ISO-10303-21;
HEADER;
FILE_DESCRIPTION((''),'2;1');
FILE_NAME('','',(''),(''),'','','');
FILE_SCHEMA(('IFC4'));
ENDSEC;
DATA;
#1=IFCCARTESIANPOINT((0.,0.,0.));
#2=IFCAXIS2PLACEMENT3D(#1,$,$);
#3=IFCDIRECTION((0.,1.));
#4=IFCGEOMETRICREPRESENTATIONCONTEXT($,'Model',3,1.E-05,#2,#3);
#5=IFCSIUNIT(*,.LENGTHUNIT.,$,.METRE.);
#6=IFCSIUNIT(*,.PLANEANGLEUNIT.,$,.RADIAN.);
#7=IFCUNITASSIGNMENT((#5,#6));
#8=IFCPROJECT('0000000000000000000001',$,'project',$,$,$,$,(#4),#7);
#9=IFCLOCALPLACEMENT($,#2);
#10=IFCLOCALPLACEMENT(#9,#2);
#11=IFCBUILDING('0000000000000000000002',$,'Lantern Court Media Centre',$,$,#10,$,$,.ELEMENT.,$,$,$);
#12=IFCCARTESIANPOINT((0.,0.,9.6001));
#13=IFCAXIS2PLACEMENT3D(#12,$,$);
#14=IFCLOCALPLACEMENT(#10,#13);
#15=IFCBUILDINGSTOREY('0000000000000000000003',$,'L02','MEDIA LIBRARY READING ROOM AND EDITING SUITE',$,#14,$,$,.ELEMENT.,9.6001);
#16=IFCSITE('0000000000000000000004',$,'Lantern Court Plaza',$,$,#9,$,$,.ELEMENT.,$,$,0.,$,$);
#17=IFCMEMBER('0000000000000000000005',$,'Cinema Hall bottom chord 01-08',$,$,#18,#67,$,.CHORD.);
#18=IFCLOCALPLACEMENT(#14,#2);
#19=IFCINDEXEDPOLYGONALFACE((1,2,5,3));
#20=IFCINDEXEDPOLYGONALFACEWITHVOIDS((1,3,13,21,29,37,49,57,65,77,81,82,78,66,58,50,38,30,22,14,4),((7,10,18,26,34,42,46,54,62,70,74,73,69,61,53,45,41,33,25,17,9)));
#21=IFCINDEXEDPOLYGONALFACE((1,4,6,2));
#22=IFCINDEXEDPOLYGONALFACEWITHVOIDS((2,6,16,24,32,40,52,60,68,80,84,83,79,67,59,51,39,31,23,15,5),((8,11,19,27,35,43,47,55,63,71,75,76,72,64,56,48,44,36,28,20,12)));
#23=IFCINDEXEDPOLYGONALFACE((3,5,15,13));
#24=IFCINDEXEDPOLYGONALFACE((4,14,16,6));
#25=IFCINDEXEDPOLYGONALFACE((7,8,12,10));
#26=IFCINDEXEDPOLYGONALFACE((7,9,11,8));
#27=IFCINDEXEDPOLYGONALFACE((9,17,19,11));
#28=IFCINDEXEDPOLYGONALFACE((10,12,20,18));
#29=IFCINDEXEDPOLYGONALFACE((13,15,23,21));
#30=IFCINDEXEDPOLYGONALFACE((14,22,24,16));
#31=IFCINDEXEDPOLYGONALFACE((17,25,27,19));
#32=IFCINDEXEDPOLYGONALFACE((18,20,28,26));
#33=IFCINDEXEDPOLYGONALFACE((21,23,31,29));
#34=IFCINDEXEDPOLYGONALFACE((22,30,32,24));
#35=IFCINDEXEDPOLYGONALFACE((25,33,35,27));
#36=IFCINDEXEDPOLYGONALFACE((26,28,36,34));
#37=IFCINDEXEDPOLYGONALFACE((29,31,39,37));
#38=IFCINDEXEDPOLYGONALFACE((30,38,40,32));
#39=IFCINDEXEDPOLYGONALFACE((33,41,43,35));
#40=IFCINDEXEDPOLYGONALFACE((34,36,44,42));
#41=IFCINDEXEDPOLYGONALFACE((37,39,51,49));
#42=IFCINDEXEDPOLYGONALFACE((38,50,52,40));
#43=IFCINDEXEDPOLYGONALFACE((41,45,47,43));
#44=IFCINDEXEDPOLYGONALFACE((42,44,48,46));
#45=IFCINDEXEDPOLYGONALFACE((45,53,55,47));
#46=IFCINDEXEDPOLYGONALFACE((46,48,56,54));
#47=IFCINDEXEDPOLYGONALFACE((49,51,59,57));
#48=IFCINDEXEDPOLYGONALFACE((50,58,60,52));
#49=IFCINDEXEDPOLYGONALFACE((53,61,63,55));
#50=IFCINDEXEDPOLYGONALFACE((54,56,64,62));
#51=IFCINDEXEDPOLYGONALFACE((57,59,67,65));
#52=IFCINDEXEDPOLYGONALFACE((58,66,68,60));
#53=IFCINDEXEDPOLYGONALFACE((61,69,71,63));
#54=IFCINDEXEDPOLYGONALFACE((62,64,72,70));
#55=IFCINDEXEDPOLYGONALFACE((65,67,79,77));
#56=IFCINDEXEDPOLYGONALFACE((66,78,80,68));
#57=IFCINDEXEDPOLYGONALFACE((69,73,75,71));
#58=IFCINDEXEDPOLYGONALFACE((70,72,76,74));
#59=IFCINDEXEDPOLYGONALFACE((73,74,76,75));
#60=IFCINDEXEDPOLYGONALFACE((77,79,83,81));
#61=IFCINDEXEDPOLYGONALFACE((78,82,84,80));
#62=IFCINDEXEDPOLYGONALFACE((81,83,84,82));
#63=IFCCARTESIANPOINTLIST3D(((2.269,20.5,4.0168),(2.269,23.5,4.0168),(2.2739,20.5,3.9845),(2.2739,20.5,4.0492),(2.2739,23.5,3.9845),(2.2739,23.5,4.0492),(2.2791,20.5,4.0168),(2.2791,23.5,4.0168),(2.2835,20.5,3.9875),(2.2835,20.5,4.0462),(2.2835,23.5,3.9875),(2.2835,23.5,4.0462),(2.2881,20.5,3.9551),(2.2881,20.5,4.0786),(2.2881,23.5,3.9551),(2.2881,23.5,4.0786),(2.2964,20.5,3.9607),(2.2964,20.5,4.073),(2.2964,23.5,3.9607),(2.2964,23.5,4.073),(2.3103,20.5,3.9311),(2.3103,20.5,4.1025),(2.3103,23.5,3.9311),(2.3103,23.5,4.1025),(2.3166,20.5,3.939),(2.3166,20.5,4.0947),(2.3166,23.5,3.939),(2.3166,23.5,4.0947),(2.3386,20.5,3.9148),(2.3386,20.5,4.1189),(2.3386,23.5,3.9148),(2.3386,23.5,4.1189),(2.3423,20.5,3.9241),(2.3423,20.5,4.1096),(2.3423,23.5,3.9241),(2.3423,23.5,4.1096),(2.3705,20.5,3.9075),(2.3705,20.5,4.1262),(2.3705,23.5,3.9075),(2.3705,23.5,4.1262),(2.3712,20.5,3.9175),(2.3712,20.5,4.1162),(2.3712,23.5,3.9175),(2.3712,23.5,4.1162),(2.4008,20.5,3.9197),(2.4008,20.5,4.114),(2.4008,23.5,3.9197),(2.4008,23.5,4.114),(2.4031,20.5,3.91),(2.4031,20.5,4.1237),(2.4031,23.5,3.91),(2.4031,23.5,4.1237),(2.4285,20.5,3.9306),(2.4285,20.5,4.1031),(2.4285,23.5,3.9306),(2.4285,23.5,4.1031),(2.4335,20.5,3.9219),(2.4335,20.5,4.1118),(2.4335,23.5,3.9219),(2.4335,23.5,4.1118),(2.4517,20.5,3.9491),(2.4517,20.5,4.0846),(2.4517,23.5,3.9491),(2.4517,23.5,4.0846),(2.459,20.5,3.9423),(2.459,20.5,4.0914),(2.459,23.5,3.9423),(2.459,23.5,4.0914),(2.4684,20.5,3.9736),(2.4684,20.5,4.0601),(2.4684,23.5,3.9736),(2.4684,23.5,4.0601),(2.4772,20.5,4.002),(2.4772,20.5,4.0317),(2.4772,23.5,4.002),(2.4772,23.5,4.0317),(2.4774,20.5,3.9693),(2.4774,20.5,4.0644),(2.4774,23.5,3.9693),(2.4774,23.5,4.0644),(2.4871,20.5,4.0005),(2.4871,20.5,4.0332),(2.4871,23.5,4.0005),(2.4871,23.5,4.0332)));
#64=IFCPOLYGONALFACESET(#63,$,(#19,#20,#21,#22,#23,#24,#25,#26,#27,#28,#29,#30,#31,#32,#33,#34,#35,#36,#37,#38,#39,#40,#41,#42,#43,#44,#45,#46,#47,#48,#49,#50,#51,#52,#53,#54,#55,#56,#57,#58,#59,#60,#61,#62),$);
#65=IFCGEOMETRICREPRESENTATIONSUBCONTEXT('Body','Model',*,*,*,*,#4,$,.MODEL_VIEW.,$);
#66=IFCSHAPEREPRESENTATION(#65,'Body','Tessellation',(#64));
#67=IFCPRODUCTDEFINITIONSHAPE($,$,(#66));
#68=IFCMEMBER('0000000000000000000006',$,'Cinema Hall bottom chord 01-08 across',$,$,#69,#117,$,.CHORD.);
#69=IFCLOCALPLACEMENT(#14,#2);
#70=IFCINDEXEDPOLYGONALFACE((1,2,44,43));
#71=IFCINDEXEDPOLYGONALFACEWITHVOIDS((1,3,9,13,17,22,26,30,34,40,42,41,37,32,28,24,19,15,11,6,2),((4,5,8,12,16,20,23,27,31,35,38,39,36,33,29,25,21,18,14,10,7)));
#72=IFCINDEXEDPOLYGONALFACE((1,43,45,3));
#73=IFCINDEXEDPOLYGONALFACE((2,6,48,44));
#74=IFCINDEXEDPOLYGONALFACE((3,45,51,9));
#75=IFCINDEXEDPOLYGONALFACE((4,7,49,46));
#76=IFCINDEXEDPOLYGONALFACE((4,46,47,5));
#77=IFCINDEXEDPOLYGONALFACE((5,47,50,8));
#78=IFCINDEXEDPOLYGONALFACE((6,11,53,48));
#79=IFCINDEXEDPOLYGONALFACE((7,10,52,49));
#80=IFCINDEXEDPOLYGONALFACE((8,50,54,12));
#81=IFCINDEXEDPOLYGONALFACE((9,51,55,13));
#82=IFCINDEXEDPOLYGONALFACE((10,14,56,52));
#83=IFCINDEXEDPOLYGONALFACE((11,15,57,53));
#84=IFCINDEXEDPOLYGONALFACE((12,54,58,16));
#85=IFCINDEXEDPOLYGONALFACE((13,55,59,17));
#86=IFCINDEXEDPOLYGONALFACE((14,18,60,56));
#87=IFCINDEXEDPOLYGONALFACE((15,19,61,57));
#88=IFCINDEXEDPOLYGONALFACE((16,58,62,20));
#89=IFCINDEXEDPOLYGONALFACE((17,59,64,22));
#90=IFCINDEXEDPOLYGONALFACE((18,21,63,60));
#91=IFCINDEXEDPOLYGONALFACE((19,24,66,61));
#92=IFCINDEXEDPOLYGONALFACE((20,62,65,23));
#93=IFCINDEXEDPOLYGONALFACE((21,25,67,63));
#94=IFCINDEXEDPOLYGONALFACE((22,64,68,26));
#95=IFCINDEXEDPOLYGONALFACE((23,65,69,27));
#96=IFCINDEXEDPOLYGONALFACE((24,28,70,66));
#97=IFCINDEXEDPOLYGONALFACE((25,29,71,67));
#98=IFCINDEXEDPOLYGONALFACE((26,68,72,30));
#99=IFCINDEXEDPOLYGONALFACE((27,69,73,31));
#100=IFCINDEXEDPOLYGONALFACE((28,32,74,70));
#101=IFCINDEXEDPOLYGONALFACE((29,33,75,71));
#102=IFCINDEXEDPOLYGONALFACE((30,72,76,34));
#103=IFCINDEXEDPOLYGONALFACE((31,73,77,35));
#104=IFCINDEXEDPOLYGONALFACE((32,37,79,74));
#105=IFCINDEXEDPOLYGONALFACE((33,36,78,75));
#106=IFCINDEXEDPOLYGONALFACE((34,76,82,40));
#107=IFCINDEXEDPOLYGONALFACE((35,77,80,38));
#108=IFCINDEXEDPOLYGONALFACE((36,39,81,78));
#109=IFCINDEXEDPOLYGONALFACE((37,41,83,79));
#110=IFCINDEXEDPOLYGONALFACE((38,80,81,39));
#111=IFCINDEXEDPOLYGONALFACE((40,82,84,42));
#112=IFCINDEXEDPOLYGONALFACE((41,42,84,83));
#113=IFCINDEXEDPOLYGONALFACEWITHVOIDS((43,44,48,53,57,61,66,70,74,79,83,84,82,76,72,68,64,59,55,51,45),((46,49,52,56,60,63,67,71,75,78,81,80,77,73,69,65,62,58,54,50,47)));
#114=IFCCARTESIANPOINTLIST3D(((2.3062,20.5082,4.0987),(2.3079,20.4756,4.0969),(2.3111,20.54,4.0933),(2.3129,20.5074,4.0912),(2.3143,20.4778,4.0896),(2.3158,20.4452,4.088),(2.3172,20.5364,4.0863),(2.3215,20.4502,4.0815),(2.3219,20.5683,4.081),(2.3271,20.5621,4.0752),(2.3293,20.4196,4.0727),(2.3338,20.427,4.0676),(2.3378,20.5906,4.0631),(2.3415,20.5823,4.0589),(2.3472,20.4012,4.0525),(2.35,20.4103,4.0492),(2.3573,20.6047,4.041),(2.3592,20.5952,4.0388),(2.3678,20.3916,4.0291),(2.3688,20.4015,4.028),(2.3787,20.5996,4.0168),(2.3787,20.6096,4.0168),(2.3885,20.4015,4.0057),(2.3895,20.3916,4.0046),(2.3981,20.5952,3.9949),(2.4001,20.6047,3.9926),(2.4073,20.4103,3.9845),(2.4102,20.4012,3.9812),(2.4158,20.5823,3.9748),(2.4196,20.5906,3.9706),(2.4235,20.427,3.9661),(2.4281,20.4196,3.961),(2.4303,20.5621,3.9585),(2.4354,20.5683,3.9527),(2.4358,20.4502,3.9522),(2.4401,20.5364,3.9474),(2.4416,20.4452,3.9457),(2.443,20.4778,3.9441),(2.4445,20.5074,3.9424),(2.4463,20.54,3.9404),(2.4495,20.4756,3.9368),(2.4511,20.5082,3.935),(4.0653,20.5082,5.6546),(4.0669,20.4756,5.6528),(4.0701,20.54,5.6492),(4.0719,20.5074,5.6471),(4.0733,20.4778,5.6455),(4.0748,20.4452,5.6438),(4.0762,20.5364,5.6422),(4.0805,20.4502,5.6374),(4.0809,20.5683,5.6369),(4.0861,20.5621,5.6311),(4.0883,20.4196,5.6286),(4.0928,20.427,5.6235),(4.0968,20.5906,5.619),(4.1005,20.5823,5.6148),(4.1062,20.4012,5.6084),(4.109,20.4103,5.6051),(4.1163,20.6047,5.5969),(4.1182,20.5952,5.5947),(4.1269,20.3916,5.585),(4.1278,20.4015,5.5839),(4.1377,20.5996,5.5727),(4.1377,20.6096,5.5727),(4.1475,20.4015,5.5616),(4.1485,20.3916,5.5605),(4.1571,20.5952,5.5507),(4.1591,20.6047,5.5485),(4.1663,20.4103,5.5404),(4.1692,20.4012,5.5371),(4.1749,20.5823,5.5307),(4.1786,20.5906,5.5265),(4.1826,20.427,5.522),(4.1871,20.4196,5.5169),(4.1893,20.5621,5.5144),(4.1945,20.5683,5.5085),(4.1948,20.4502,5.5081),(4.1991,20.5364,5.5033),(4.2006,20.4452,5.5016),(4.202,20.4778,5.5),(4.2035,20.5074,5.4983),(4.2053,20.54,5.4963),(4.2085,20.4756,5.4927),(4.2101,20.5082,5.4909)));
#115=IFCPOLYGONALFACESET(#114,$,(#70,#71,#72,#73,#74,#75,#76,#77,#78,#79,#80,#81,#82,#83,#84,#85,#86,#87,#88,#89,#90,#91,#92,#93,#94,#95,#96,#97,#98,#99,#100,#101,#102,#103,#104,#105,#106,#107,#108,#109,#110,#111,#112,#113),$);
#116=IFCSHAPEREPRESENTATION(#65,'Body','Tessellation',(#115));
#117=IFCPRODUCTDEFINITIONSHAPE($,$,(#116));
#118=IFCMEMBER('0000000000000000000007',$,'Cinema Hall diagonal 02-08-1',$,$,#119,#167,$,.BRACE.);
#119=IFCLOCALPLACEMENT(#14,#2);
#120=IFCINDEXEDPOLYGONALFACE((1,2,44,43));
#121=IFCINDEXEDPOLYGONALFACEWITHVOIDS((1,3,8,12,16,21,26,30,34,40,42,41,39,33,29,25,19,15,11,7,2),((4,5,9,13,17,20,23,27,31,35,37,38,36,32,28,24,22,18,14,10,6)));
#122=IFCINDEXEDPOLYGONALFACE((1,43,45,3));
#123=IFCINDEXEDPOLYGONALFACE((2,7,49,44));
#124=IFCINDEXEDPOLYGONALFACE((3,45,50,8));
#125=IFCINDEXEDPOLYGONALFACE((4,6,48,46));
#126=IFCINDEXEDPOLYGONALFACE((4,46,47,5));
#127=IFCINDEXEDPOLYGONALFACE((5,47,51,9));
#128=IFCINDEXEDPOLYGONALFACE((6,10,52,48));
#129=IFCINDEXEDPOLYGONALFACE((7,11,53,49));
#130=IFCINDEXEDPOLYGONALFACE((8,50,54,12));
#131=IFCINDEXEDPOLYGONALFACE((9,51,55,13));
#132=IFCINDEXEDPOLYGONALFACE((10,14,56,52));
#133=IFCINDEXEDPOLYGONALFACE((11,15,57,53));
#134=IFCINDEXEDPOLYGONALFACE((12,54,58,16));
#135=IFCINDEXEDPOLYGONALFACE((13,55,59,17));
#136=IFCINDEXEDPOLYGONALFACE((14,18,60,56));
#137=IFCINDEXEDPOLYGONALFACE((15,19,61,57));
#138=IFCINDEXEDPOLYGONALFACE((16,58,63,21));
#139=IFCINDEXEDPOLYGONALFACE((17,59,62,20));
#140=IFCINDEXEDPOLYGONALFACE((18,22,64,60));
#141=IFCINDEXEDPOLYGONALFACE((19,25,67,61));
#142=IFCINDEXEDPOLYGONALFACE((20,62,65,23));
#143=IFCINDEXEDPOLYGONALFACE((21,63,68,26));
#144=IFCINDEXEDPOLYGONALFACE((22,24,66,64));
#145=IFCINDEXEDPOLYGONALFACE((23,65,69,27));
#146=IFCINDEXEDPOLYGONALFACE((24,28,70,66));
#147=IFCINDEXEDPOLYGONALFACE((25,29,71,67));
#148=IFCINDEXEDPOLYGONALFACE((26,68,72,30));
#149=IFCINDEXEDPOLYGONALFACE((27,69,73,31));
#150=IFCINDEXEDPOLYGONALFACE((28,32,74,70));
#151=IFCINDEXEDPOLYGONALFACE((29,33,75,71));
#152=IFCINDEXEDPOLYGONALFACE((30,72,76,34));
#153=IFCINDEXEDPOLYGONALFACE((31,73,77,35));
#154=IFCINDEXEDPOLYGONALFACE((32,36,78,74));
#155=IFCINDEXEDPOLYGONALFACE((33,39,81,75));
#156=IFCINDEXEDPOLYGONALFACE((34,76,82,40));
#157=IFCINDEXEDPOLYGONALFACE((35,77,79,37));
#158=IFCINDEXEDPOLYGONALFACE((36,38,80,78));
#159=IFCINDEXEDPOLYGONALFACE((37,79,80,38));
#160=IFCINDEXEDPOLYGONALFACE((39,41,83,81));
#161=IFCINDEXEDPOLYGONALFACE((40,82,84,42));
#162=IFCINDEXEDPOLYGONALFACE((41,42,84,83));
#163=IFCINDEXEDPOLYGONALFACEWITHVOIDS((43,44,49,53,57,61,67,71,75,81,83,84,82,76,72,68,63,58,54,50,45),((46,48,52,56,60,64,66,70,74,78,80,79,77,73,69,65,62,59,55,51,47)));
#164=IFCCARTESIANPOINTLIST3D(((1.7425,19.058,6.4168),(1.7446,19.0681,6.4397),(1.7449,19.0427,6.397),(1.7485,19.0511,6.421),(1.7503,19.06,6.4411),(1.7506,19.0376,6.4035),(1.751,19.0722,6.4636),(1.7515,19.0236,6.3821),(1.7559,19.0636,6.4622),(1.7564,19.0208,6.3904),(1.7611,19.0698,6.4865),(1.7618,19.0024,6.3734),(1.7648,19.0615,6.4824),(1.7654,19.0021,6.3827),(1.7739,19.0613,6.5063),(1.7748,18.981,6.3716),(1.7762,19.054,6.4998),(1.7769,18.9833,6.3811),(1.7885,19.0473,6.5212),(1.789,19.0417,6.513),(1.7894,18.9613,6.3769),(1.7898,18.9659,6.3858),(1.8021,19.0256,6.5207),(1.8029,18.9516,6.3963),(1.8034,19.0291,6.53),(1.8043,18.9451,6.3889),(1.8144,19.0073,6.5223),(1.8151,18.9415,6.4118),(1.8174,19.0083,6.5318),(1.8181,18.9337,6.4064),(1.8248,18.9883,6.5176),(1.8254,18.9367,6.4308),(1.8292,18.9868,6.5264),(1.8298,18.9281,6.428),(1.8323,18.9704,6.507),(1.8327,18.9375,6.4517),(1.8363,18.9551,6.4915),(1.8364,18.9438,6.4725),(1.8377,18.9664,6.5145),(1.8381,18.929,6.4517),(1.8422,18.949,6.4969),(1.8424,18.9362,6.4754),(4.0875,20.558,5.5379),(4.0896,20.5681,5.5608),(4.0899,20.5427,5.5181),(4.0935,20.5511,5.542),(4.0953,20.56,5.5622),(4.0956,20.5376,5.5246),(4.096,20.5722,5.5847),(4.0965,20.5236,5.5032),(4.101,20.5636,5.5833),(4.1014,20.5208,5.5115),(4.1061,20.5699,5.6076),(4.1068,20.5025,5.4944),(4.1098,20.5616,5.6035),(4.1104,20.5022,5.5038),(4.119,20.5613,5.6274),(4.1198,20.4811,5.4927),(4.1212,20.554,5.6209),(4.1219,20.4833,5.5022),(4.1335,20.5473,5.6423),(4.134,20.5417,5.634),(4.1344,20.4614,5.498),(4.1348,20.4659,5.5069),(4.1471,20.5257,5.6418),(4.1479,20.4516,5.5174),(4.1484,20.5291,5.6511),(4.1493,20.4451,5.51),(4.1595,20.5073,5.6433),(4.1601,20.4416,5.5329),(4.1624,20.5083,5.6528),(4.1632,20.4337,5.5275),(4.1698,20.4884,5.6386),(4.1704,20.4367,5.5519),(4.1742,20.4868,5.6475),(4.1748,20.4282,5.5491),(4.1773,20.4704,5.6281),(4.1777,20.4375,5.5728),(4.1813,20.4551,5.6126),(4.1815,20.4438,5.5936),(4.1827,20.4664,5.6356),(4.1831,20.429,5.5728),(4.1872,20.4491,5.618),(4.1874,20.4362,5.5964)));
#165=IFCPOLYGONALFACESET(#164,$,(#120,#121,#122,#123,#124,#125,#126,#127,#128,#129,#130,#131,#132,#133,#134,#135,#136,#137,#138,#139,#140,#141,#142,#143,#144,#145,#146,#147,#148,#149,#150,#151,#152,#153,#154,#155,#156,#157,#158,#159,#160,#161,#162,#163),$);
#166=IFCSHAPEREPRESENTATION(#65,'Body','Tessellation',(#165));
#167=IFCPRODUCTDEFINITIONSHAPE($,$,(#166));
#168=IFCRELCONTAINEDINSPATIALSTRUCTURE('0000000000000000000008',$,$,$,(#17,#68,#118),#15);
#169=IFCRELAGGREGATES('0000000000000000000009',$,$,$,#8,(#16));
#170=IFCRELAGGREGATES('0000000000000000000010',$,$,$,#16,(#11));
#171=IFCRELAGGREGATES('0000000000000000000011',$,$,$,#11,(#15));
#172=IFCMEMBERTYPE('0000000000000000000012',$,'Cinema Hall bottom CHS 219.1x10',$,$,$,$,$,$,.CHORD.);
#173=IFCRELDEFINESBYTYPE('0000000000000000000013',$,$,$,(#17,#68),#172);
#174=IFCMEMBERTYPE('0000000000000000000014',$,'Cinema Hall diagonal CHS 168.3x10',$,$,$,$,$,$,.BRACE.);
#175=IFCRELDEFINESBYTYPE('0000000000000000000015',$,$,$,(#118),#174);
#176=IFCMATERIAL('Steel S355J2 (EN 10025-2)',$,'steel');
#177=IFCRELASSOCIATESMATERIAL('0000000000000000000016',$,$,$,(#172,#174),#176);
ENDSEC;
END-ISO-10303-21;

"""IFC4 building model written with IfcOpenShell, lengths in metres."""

from ifc_helpers import new_model, si_unit, direction, frame, origin, origin_2d, place, context, subcontext, project, spatial, hollow_circle, extrude, material, material_profile, profile_set, type_object, element, save


model = new_model("IFC4")

# Units and contexts
model_context = context("Model", 3, precision=1e-05, world=origin(), true_north=direction((0.0, 1.0)))
body_context = subcontext(model_context, "Body", "Model", "MODEL_VIEW")
ifc_project = project(units=[si_unit("LENGTHUNIT", "METRE"), si_unit("PLANEANGLEUNIT", "RADIAN")], contexts=[model_context])

# Site, building, storey
site_placement = place(None, origin())
site = spatial("IfcSite", under=ifc_project, at=site_placement, Name="Lantern Court Plaza", CompositionType="ELEMENT", RefElevation=0.0)
building_placement = place(site_placement, origin())
building = spatial("IfcBuilding", under=site, at=building_placement, Name="Lantern Court Media Centre", CompositionType="ELEMENT")
storey_placement = place(building_placement, frame((0.0, 0.0, 9.6001)))
storey = spatial("IfcBuildingStorey", under=building, at=storey_placement, Name="L02", Description="MEDIA LIBRARY READING ROOM AND EDITING SUITE", CompositionType="ELEMENT", Elevation=9.6001)

# Shared definitions
ifc_material_1 = material(Name="Steel S355J2 (EN 10025-2)", Category="steel")

# Members
ifc_material_profile_1 = material_profile(ifc_material_1, hollow_circle(Radius=0.1096, WallThickness=0.01, at=origin_2d()), Name="Cinema Hall bottom CHS 219.1x10")
ifc_profile_set_1 = profile_set([ifc_material_profile_1], Name="Steel S355J2 (EN 10025-2)")
member_type_1 = type_object("IfcMemberType", Name="Cinema Hall bottom CHS 219.1x10", PredefinedType="CHORD", material=ifc_profile_set_1)
member_1_placement = place(storey_placement, frame((2.3787, 20.5, 4.0168), z_axis=(0.0, 1.0, 0.0), x_axis=(-1.0, 0.0, 0.0)))
element("IfcMember", 1, at=member_1_placement, inside=storey, type_object=member_type_1, Name="Cinema Hall bottom chord 01-08", PredefinedType="CHORD", context=body_context, shape_type="SweptSolid", body=[
    extrude(hollow_circle(Radius=0.1096, WallThickness=0.01, at=origin_2d()), origin(), (0.0, 0.0, 1.0), 3.0),
])
member_2_placement = place(storey_placement, frame((2.3787, 20.5, 4.0168), z_axis=(0.74903, 0.0, 0.662536), x_axis=(0.0, 1.0, 0.0)))
element("IfcMember", 2, at=member_2_placement, inside=storey, type_object=member_type_1, Name="Cinema Hall bottom chord 01-08 across", PredefinedType="CHORD", context=body_context, shape_type="SweptSolid", body=[
    extrude(hollow_circle(Radius=0.1096, WallThickness=0.01, at=origin_2d()), origin(), (0.0, 0.0, 1.0), 2.3484),
])
ifc_material_profile_2 = material_profile(ifc_material_1, hollow_circle(Radius=0.0842, WallThickness=0.01, at=origin_2d()), Name="Cinema Hall diagonal CHS 168.3x10")
ifc_profile_set_2 = profile_set([ifc_material_profile_2], Name="Steel S355J2 (EN 10025-2)")
member_type_2 = type_object("IfcMemberType", Name="Cinema Hall diagonal CHS 168.3x10", PredefinedType="BRACE", material=ifc_profile_set_2)
member_3_placement = place(storey_placement, frame((4.1377, 20.5, 5.5728), z_axis=(-0.803309, -0.51385, 0.301084), x_axis=(0.538855, -0.842399, 0.0)))
element("IfcMember", 3, at=member_3_placement, inside=storey, type_object=member_type_2, Name="Cinema Hall diagonal 02-08-1", PredefinedType="BRACE", context=body_context, shape_type="SweptSolid", body=[
    extrude(hollow_circle(Radius=0.0842, WallThickness=0.01, at=origin_2d()), origin(), (0.0, 0.0, 1.0), 2.9192),
])

save(model, "model.ifc")
